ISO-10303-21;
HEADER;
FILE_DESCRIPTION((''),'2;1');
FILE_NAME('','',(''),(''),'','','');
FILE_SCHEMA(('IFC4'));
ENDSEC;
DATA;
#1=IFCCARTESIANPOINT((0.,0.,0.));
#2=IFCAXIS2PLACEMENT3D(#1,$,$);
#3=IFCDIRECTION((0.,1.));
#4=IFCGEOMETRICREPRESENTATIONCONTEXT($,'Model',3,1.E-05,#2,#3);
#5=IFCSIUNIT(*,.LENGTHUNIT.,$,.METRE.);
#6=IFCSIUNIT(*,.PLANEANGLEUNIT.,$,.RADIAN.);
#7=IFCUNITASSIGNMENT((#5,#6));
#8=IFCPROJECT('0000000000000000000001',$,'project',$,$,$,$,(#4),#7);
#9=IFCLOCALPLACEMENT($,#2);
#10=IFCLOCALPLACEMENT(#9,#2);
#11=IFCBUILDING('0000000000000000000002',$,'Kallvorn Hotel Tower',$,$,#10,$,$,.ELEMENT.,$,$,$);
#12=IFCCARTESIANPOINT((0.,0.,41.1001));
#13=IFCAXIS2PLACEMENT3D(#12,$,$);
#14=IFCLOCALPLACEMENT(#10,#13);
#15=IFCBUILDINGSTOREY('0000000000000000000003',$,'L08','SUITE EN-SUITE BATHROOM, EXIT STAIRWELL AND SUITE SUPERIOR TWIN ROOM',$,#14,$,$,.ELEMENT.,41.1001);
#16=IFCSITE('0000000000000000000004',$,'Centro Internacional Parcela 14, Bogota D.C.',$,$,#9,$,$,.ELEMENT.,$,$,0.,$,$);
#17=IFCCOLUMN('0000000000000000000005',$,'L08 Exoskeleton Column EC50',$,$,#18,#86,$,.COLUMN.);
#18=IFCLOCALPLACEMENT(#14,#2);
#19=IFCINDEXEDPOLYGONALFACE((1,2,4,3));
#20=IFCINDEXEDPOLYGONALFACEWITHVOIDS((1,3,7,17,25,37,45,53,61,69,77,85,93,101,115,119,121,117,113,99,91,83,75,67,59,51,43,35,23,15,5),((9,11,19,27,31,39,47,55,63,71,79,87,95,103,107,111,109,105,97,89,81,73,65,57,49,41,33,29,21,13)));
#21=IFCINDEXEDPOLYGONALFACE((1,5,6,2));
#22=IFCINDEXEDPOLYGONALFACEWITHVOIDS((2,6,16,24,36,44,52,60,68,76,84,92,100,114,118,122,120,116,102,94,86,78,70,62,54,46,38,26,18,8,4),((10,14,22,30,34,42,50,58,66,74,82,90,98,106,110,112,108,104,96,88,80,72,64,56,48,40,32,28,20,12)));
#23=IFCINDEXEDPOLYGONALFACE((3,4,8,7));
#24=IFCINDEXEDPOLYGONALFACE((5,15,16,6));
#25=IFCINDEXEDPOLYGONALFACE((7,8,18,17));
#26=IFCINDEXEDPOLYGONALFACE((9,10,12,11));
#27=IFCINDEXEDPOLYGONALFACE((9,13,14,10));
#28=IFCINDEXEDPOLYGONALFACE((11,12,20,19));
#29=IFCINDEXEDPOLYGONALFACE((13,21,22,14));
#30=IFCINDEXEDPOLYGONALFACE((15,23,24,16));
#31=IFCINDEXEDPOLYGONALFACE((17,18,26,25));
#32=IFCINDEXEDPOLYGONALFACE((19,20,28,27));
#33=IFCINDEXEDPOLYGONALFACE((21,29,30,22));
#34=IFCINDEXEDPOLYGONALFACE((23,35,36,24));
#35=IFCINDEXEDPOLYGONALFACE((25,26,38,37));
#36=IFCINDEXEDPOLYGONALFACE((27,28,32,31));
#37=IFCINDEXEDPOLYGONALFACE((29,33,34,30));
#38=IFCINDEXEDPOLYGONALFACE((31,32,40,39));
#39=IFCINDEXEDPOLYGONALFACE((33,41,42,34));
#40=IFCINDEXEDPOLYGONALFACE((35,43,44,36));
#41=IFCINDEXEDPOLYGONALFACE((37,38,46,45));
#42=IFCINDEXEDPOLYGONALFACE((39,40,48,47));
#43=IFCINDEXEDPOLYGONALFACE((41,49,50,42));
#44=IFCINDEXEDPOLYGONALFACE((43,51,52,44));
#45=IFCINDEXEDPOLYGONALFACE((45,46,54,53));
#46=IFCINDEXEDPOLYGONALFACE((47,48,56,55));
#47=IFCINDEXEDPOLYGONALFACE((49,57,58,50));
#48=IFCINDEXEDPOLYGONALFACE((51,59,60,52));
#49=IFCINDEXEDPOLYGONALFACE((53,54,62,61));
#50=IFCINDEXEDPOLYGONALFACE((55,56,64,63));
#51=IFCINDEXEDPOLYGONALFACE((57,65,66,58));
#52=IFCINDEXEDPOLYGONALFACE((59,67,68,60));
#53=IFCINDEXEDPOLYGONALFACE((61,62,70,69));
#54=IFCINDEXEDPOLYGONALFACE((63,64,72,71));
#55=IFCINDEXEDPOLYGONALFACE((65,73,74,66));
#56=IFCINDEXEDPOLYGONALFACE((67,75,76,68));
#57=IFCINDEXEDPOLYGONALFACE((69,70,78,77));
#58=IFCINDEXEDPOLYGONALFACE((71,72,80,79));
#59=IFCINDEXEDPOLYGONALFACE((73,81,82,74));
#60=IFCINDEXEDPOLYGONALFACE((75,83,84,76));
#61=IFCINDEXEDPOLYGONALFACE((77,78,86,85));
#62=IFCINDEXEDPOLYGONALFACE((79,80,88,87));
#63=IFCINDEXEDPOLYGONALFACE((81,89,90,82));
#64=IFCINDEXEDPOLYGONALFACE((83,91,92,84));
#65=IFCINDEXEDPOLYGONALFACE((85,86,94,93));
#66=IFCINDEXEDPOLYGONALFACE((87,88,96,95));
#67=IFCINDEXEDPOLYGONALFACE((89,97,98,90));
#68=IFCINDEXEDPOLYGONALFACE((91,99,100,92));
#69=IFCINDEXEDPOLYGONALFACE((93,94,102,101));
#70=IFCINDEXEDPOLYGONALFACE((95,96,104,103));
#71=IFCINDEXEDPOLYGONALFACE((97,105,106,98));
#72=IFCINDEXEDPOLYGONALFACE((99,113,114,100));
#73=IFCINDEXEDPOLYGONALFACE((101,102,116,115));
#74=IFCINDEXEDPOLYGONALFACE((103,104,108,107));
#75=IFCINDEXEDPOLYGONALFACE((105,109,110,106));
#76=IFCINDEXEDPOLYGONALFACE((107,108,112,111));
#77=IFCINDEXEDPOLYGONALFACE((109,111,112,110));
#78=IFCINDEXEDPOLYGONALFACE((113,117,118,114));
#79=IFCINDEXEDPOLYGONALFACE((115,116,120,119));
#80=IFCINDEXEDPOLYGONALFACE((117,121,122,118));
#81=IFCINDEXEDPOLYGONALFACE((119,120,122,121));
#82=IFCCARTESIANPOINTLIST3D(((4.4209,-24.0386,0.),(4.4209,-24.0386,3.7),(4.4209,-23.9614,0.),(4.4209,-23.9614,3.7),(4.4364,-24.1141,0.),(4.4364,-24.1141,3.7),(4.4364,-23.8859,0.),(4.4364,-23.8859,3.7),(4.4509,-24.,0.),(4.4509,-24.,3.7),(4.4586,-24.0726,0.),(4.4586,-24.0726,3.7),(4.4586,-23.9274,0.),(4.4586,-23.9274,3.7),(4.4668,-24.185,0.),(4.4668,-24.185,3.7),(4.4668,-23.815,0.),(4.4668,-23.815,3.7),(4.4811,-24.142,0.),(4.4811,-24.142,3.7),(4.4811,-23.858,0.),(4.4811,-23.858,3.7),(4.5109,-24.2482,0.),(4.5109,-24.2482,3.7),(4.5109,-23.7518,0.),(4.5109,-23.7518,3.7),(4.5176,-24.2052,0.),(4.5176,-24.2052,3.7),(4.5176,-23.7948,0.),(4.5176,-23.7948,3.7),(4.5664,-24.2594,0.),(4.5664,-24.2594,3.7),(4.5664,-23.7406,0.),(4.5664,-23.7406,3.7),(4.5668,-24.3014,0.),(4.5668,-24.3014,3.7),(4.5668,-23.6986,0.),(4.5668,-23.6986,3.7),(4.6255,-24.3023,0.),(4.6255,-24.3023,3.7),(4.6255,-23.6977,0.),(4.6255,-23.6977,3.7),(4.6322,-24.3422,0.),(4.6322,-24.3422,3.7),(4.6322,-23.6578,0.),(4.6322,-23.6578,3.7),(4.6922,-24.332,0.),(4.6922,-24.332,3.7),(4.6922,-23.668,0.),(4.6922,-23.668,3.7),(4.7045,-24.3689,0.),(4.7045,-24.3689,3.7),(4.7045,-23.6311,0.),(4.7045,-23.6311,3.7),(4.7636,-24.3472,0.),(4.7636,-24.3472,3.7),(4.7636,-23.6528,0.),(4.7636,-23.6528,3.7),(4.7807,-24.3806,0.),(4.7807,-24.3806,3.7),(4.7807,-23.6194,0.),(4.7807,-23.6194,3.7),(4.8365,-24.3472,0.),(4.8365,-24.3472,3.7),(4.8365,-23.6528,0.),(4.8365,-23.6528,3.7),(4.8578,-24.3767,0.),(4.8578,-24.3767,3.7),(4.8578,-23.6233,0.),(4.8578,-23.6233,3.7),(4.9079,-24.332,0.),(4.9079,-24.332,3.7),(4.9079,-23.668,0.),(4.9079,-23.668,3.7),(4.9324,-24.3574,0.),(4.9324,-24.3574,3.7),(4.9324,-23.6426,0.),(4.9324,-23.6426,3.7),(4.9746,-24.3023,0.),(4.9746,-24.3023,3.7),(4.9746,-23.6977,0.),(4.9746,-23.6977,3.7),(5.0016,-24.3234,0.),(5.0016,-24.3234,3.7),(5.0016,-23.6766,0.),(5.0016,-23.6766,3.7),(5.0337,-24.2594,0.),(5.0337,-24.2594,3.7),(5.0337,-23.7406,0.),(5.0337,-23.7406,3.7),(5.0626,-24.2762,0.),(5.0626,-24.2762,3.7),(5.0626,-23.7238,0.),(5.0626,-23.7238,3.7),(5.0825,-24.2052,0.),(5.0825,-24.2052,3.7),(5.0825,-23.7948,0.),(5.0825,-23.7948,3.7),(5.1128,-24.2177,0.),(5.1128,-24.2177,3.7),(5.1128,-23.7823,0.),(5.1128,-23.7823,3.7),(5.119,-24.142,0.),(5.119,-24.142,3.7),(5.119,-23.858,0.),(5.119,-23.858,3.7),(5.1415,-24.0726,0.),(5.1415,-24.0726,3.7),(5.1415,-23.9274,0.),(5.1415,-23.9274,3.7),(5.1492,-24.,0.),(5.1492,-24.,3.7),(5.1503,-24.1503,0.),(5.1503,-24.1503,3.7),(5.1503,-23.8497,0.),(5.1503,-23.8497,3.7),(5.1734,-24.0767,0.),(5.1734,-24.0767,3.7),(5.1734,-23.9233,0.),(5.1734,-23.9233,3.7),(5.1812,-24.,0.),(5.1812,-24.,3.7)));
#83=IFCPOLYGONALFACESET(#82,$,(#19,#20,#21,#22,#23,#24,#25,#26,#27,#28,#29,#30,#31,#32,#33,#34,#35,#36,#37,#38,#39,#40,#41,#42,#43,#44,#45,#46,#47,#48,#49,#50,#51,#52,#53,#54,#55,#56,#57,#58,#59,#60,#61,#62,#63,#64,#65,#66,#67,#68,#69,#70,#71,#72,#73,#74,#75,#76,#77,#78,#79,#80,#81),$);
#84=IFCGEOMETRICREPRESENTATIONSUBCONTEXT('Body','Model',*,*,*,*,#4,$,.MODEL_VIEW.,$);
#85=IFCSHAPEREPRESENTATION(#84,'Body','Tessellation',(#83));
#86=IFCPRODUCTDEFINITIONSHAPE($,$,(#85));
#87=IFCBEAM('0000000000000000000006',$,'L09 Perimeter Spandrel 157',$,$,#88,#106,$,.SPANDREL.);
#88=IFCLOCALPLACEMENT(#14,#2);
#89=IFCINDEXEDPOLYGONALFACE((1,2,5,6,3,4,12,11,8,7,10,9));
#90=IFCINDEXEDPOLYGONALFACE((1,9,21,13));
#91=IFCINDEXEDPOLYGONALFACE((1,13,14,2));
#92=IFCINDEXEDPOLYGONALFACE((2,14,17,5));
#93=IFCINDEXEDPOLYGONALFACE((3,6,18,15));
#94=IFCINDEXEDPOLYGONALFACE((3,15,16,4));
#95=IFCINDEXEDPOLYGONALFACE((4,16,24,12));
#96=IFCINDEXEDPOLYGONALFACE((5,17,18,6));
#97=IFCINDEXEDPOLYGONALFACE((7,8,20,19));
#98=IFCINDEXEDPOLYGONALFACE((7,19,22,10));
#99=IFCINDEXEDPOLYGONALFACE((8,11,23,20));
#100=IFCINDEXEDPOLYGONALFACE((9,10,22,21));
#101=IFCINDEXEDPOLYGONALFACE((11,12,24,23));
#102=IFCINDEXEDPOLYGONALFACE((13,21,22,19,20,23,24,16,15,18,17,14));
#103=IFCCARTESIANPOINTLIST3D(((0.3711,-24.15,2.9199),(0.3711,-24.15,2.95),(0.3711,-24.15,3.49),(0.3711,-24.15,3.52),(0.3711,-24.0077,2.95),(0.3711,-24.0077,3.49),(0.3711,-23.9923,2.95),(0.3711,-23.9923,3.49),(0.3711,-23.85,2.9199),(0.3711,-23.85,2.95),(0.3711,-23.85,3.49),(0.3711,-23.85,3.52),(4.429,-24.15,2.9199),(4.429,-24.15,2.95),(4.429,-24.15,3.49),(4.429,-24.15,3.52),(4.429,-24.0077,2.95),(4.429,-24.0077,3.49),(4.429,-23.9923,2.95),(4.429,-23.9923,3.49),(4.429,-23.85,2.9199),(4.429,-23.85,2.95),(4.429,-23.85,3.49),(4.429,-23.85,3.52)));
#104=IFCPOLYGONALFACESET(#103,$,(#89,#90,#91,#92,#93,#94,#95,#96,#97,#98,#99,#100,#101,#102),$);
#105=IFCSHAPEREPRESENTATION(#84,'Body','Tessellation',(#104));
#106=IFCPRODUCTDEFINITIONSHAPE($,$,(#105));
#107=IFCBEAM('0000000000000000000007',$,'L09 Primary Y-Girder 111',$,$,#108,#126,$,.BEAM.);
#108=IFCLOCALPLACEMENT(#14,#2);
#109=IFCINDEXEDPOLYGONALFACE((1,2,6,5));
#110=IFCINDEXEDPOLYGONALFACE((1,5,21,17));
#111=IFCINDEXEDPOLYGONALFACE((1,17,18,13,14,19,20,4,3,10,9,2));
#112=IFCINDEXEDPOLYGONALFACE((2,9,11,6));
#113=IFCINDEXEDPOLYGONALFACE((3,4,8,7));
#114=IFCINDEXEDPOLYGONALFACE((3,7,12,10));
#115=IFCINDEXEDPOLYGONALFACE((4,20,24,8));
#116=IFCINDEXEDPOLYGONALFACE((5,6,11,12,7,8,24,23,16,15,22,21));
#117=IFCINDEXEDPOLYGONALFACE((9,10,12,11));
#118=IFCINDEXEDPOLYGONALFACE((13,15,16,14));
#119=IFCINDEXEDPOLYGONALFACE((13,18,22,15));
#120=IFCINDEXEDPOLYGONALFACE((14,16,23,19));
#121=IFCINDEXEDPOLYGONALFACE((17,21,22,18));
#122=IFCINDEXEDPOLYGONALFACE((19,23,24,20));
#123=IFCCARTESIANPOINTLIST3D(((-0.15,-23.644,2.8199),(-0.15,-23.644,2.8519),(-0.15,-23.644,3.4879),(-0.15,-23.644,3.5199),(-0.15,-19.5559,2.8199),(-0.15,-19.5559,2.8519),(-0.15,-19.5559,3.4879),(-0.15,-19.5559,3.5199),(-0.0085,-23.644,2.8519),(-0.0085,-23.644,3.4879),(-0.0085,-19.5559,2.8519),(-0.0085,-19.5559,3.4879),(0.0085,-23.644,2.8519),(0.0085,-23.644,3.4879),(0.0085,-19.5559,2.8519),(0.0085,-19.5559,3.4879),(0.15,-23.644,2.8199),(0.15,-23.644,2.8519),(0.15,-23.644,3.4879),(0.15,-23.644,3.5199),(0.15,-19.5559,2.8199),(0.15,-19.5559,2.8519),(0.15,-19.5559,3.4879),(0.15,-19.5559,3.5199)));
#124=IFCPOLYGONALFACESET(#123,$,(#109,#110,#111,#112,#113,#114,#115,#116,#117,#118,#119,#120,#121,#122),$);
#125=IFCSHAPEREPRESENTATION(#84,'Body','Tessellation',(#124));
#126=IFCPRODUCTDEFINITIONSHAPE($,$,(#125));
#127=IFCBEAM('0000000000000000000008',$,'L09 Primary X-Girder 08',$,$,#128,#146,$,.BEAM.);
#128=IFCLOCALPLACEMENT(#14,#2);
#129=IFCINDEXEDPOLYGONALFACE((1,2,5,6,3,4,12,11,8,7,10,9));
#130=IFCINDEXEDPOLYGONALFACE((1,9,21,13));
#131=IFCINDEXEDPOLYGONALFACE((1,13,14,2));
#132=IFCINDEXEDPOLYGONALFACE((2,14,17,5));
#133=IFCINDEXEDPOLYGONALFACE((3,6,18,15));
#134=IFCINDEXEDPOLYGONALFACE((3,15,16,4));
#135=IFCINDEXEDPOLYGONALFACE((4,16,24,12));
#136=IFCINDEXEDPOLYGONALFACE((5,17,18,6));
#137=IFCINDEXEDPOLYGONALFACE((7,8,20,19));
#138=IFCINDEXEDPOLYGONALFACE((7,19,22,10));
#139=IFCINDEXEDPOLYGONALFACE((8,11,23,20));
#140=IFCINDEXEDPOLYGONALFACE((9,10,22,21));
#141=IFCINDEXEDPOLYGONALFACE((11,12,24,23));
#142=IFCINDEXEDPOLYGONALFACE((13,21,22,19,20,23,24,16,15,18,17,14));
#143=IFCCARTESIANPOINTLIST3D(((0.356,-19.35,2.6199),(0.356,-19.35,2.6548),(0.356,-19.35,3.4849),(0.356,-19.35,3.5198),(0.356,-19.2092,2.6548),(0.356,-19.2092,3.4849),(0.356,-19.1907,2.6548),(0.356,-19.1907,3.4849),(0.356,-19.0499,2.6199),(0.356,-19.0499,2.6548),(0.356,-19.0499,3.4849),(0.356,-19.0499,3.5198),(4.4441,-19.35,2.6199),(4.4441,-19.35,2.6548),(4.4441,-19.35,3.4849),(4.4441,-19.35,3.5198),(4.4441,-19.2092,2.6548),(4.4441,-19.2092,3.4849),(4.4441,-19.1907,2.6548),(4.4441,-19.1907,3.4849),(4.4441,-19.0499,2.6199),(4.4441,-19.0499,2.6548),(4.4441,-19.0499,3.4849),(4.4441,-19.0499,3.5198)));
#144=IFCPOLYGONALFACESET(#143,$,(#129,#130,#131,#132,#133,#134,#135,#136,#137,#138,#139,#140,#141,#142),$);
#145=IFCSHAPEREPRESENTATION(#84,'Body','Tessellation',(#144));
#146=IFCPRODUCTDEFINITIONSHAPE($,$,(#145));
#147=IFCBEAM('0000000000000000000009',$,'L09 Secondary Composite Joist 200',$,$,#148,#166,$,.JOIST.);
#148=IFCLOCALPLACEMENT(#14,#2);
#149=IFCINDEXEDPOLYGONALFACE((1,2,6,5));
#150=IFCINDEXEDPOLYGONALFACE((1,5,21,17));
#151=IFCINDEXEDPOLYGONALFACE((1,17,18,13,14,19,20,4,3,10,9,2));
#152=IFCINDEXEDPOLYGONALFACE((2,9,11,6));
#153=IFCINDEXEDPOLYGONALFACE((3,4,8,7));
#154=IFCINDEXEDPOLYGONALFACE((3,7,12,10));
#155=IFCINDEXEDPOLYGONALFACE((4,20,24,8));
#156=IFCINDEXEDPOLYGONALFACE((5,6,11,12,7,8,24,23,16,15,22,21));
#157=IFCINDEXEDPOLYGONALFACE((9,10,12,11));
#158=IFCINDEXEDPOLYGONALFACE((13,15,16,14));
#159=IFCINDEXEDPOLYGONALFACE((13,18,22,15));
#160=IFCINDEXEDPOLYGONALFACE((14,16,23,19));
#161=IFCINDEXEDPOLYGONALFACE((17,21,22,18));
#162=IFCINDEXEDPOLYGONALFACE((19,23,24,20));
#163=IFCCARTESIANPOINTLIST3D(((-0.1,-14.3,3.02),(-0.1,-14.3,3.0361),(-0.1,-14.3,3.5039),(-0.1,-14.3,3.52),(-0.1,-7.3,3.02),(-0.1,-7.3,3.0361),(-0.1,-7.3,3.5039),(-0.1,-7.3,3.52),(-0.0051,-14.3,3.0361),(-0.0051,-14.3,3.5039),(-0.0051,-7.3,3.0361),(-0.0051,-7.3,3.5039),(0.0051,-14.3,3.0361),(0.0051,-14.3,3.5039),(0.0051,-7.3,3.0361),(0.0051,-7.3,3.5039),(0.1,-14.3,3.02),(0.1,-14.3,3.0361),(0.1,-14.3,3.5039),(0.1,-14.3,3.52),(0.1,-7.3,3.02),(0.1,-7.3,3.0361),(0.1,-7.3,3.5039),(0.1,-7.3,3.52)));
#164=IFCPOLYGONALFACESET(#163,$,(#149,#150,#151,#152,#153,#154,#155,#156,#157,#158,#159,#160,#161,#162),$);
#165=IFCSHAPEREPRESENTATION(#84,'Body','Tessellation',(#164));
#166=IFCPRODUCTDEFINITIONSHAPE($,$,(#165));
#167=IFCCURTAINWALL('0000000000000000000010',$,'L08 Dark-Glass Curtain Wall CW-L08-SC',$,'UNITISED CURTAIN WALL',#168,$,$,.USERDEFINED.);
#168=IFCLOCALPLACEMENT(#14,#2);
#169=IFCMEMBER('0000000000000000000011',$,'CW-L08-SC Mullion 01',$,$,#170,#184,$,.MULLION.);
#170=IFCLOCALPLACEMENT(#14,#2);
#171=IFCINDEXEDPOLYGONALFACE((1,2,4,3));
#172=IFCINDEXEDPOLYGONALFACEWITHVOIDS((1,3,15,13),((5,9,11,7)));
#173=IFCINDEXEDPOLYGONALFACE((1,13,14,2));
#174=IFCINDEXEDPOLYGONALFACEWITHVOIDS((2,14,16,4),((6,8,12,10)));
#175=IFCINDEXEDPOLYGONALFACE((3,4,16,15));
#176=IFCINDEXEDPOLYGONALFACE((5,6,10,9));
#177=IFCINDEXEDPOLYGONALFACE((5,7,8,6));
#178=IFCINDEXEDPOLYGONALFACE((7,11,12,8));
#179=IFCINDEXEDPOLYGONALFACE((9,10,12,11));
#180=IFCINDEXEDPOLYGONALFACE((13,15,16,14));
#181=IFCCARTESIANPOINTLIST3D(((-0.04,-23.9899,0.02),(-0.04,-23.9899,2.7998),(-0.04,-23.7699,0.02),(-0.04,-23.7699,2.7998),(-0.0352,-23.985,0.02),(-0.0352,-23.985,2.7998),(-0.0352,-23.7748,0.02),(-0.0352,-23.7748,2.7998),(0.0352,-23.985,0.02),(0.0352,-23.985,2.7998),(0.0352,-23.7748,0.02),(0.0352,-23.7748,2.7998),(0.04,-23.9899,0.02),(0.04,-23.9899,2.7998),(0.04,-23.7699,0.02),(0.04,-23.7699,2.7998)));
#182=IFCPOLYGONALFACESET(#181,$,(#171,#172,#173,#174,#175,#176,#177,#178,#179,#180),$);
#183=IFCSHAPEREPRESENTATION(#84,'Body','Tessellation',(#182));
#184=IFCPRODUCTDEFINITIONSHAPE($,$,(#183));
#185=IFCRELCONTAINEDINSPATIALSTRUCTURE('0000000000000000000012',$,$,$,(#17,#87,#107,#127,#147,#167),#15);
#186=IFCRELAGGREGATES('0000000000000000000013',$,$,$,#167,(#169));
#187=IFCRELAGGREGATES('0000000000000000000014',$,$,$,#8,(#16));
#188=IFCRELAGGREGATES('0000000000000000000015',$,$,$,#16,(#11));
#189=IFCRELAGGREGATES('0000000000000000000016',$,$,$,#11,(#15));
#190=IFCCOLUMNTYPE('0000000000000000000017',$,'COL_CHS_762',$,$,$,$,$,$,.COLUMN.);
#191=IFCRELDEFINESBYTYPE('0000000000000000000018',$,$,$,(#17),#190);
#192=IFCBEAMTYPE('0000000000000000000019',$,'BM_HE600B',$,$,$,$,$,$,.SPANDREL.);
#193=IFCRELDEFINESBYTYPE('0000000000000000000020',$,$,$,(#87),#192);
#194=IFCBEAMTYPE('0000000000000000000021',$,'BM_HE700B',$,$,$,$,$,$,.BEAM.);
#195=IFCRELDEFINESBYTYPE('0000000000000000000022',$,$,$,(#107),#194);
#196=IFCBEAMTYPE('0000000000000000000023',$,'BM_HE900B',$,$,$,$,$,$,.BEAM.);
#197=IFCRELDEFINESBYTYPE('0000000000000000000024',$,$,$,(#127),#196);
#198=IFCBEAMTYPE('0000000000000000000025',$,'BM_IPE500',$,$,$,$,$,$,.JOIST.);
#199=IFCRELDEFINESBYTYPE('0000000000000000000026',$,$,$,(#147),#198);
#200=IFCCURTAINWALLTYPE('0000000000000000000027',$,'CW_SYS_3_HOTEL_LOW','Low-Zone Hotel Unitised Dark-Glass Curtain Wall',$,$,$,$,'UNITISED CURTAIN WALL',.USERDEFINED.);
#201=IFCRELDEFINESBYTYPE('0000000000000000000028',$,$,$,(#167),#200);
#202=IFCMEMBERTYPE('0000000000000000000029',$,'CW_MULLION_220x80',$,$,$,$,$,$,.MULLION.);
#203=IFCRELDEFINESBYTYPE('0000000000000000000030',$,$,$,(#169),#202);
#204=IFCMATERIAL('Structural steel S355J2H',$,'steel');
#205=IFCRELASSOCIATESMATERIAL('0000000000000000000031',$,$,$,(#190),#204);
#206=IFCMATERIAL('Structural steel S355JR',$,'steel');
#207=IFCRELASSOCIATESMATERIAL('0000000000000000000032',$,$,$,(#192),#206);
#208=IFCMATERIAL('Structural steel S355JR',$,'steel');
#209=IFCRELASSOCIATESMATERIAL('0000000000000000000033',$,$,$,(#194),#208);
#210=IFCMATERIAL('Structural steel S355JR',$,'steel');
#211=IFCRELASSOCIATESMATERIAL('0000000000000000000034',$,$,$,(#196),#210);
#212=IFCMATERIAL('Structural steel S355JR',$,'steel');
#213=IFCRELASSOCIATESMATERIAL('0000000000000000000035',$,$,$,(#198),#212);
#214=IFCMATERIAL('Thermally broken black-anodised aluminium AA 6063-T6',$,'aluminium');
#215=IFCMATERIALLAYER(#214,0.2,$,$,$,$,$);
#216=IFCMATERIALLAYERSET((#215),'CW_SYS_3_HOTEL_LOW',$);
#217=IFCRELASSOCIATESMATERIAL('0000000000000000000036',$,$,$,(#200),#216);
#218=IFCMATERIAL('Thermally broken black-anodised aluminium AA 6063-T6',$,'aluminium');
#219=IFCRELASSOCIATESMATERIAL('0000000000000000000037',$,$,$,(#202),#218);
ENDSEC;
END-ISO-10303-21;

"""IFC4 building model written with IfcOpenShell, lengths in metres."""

from ifc_helpers import new_model, si_unit, direction, frame, origin, origin_2d, place, context, subcontext, project, spatial, hollow_rectangle, hollow_circle, i_section, extrude, material, layer, layer_set, material_profile, profile_set, type_object, element, aggregate, save


model = new_model("IFC4")

# Units and contexts
model_context = context("Model", 3, precision=1e-05, world=origin(), true_north=direction((0.0, 1.0)))
body_context = subcontext(model_context, "Body", "Model", "MODEL_VIEW")
ifc_project = project(units=[si_unit("LENGTHUNIT", "METRE"), si_unit("PLANEANGLEUNIT", "RADIAN")], contexts=[model_context])

# Site, building, storey
site_placement = place(None, origin())
site = spatial("IfcSite", under=ifc_project, at=site_placement, Name="Centro Internacional Parcela 14, Bogota D.C.", CompositionType="ELEMENT", RefElevation=0.0)
building_placement = place(site_placement, origin())
building = spatial("IfcBuilding", under=site, at=building_placement, Name="Kallvorn Hotel Tower", CompositionType="ELEMENT")
storey_placement = place(building_placement, frame((0.0, 0.0, 41.1001)))
storey = spatial("IfcBuildingStorey", under=building, at=storey_placement, Name="L08", Description="SUITE EN-SUITE BATHROOM, EXIT STAIRWELL AND SUITE SUPERIOR TWIN ROOM", CompositionType="ELEMENT", Elevation=41.1001)

# Column
ifc_material_1 = material(Name="Structural steel S355J2H", Category="steel")
ifc_material_profile_1 = material_profile(ifc_material_1, hollow_circle(Radius=0.3811, WallThickness=0.032, at=origin_2d()), Name="CHS 762x32")
ifc_profile_set_1 = profile_set([ifc_material_profile_1], Name="Structural steel S355J2H")
column_type = type_object("IfcColumnType", Name="COL_CHS_762", PredefinedType="COLUMN", material=ifc_profile_set_1)
for number, where, z_axis, x_axis, name in (
    (1, (4.8, -24.0, 0.0), (0.0, 0.0, 1.0), (1.0, 0.0, 0.0), "L08 Exoskeleton Column EC50"),
):
    element("IfcColumn", number, at=place(storey_placement, frame(where, z_axis=z_axis, x_axis=x_axis)), inside=storey, type_object=column_type, Name=name, PredefinedType="COLUMN", context=body_context, shape_type="SweptSolid", body=[
        extrude(hollow_circle(Radius=0.3811, WallThickness=0.032, at=origin_2d()), origin(), (0.0, 0.0, 1.0), 3.7),
    ])

# Beams
ifc_material_2 = material(Name="Structural steel S355JR", Category="steel")
ifc_material_profile_2 = material_profile(ifc_material_2, i_section(OverallWidth=0.3, OverallDepth=0.6001, WebThickness=0.0154, FlangeThickness=0.03, at=origin_2d()), Name="HE 600 B")
ifc_profile_set_2 = profile_set([ifc_material_profile_2], Name="Structural steel S355JR")
beam_type_1 = type_object("IfcBeamType", Name="BM_HE600B", PredefinedType="SPANDREL", material=ifc_profile_set_2)
beam_1_placement = place(storey_placement, frame((0.3711, -24.0, 3.22), z_axis=(1.0, 0.0, 0.0), x_axis=(0.0, 1.0, 0.0)))
element("IfcBeam", 2, at=beam_1_placement, inside=storey, type_object=beam_type_1, Name="L09 Perimeter Spandrel 157", PredefinedType="SPANDREL", context=body_context, shape_type="SweptSolid", body=[
    extrude(i_section(OverallWidth=0.3, OverallDepth=0.6001, WebThickness=0.0154, FlangeThickness=0.03, at=origin_2d()), origin(), (0.0, 0.0, 1.0), 4.0579),
])
ifc_material_3 = material(Name="Structural steel S355JR", Category="steel")
ifc_material_profile_3 = material_profile(ifc_material_3, i_section(OverallWidth=0.3, OverallDepth=0.7, WebThickness=0.0171, FlangeThickness=0.032, at=origin_2d()), Name="HE 700 B")
ifc_profile_set_3 = profile_set([ifc_material_profile_3], Name="Structural steel S355JR")
beam_type_2 = type_object("IfcBeamType", Name="BM_HE700B", PredefinedType="BEAM", material=ifc_profile_set_3)
beam_2_placement = place(storey_placement, frame((0.0, -23.644, 3.1699), z_axis=(0.0, 1.0, 0.0), x_axis=(-1.0, 0.0, 0.0)))
element("IfcBeam", 3, at=beam_2_placement, inside=storey, type_object=beam_type_2, Name="L09 Primary Y-Girder 111", PredefinedType="BEAM", context=body_context, shape_type="SweptSolid", body=[
    extrude(i_section(OverallWidth=0.3, OverallDepth=0.7, WebThickness=0.0171, FlangeThickness=0.032, at=origin_2d()), origin(), (0.0, 0.0, 1.0), 4.0881),
])
ifc_material_4 = material(Name="Structural steel S355JR", Category="steel")
ifc_material_profile_4 = material_profile(ifc_material_4, i_section(OverallWidth=0.3, OverallDepth=0.8999, WebThickness=0.0186, FlangeThickness=0.0349, at=origin_2d()), Name="HE 900 B")
ifc_profile_set_4 = profile_set([ifc_material_profile_4], Name="Structural steel S355JR")
beam_type_3 = type_object("IfcBeamType", Name="BM_HE900B", PredefinedType="BEAM", material=ifc_profile_set_4)
beam_3_placement = place(storey_placement, frame((0.356, -19.2, 3.0698), z_axis=(1.0, 0.0, 0.0), x_axis=(0.0, 1.0, 0.0)))
element("IfcBeam", 4, at=beam_3_placement, inside=storey, type_object=beam_type_3, Name="L09 Primary X-Girder 08", PredefinedType="BEAM", context=body_context, shape_type="SweptSolid", body=[
    extrude(i_section(OverallWidth=0.3, OverallDepth=0.8999, WebThickness=0.0186, FlangeThickness=0.0349, at=origin_2d()), origin(), (0.0, 0.0, 1.0), 4.0881),
])
ifc_material_5 = material(Name="Structural steel S355JR", Category="steel")
ifc_material_profile_5 = material_profile(ifc_material_5, i_section(OverallWidth=0.2, OverallDepth=0.5, WebThickness=0.0103, FlangeThickness=0.0161, at=origin_2d()), Name="IPE 500")
ifc_profile_set_5 = profile_set([ifc_material_profile_5], Name="Structural steel S355JR")
beam_type_4 = type_object("IfcBeamType", Name="BM_IPE500", PredefinedType="JOIST", material=ifc_profile_set_5)
beam_4_placement = place(storey_placement, frame((0.0, -14.3, 3.27), z_axis=(0.0, 1.0, 0.0), x_axis=(-1.0, 0.0, 0.0)))
element("IfcBeam", 5, at=beam_4_placement, inside=storey, type_object=beam_type_4, Name="L09 Secondary Composite Joist 200", PredefinedType="JOIST", context=body_context, shape_type="SweptSolid", body=[
    extrude(i_section(OverallWidth=0.2, OverallDepth=0.5, WebThickness=0.0103, FlangeThickness=0.0161, at=origin_2d()), origin(), (0.0, 0.0, 1.0), 7.0),
])

# Curtain wall, member
ifc_material_6 = material(Name="Thermally broken black-anodised aluminium AA 6063-T6", Category="aluminium")
ifc_layer_1 = layer(ifc_material_6, 0.2)
ifc_layer_set_1 = layer_set([ifc_layer_1], Name="CW_SYS_3_HOTEL_LOW")
curtain_wall_type = type_object("IfcCurtainWallType", Name="CW_SYS_3_HOTEL_LOW", Description="Low-Zone Hotel Unitised Dark-Glass Curtain Wall", ElementType="UNITISED CURTAIN WALL", PredefinedType="USERDEFINED", material=ifc_layer_set_1)
curtain_wall_placement = place(storey_placement, origin())
curtain_wall = element("IfcCurtainWall", 6, at=curtain_wall_placement, inside=storey, type_object=curtain_wall_type, Name="L08 Dark-Glass Curtain Wall CW-L08-SC", ObjectType="UNITISED CURTAIN WALL", PredefinedType="USERDEFINED")
ifc_material_7 = material(Name="Thermally broken black-anodised aluminium AA 6063-T6", Category="aluminium")
ifc_material_profile_6 = material_profile(ifc_material_7, hollow_rectangle(XDim=0.0801, YDim=0.22, WallThickness=0.0049, at=origin_2d()), Name="MUL 220x80")
ifc_profile_set_6 = profile_set([ifc_material_profile_6], Name="Thermally broken black-anodised aluminium AA 6063-T6")
member_type_1 = type_object("IfcMemberType", Name="CW_MULLION_220x80", PredefinedType="MULLION", material=ifc_profile_set_6)
member_1_placement = place(storey_placement, frame((0.0, -23.8799, 0.02), z_axis=(0.0, 0.0, 1.0), x_axis=(1.0, 0.0, 0.0)))
member_1 = element("IfcMember", 7, at=member_1_placement, type_object=member_type_1, Name="CW-L08-SC Mullion 01", PredefinedType="MULLION", context=body_context, shape_type="SweptSolid", body=[
    extrude(hollow_rectangle(XDim=0.0801, YDim=0.22, WallThickness=0.0049, at=origin_2d()), origin(), (0.0, 0.0, 1.0), 2.7798),
])
aggregate(curtain_wall, [member_1])

save(model, "model.ifc")
